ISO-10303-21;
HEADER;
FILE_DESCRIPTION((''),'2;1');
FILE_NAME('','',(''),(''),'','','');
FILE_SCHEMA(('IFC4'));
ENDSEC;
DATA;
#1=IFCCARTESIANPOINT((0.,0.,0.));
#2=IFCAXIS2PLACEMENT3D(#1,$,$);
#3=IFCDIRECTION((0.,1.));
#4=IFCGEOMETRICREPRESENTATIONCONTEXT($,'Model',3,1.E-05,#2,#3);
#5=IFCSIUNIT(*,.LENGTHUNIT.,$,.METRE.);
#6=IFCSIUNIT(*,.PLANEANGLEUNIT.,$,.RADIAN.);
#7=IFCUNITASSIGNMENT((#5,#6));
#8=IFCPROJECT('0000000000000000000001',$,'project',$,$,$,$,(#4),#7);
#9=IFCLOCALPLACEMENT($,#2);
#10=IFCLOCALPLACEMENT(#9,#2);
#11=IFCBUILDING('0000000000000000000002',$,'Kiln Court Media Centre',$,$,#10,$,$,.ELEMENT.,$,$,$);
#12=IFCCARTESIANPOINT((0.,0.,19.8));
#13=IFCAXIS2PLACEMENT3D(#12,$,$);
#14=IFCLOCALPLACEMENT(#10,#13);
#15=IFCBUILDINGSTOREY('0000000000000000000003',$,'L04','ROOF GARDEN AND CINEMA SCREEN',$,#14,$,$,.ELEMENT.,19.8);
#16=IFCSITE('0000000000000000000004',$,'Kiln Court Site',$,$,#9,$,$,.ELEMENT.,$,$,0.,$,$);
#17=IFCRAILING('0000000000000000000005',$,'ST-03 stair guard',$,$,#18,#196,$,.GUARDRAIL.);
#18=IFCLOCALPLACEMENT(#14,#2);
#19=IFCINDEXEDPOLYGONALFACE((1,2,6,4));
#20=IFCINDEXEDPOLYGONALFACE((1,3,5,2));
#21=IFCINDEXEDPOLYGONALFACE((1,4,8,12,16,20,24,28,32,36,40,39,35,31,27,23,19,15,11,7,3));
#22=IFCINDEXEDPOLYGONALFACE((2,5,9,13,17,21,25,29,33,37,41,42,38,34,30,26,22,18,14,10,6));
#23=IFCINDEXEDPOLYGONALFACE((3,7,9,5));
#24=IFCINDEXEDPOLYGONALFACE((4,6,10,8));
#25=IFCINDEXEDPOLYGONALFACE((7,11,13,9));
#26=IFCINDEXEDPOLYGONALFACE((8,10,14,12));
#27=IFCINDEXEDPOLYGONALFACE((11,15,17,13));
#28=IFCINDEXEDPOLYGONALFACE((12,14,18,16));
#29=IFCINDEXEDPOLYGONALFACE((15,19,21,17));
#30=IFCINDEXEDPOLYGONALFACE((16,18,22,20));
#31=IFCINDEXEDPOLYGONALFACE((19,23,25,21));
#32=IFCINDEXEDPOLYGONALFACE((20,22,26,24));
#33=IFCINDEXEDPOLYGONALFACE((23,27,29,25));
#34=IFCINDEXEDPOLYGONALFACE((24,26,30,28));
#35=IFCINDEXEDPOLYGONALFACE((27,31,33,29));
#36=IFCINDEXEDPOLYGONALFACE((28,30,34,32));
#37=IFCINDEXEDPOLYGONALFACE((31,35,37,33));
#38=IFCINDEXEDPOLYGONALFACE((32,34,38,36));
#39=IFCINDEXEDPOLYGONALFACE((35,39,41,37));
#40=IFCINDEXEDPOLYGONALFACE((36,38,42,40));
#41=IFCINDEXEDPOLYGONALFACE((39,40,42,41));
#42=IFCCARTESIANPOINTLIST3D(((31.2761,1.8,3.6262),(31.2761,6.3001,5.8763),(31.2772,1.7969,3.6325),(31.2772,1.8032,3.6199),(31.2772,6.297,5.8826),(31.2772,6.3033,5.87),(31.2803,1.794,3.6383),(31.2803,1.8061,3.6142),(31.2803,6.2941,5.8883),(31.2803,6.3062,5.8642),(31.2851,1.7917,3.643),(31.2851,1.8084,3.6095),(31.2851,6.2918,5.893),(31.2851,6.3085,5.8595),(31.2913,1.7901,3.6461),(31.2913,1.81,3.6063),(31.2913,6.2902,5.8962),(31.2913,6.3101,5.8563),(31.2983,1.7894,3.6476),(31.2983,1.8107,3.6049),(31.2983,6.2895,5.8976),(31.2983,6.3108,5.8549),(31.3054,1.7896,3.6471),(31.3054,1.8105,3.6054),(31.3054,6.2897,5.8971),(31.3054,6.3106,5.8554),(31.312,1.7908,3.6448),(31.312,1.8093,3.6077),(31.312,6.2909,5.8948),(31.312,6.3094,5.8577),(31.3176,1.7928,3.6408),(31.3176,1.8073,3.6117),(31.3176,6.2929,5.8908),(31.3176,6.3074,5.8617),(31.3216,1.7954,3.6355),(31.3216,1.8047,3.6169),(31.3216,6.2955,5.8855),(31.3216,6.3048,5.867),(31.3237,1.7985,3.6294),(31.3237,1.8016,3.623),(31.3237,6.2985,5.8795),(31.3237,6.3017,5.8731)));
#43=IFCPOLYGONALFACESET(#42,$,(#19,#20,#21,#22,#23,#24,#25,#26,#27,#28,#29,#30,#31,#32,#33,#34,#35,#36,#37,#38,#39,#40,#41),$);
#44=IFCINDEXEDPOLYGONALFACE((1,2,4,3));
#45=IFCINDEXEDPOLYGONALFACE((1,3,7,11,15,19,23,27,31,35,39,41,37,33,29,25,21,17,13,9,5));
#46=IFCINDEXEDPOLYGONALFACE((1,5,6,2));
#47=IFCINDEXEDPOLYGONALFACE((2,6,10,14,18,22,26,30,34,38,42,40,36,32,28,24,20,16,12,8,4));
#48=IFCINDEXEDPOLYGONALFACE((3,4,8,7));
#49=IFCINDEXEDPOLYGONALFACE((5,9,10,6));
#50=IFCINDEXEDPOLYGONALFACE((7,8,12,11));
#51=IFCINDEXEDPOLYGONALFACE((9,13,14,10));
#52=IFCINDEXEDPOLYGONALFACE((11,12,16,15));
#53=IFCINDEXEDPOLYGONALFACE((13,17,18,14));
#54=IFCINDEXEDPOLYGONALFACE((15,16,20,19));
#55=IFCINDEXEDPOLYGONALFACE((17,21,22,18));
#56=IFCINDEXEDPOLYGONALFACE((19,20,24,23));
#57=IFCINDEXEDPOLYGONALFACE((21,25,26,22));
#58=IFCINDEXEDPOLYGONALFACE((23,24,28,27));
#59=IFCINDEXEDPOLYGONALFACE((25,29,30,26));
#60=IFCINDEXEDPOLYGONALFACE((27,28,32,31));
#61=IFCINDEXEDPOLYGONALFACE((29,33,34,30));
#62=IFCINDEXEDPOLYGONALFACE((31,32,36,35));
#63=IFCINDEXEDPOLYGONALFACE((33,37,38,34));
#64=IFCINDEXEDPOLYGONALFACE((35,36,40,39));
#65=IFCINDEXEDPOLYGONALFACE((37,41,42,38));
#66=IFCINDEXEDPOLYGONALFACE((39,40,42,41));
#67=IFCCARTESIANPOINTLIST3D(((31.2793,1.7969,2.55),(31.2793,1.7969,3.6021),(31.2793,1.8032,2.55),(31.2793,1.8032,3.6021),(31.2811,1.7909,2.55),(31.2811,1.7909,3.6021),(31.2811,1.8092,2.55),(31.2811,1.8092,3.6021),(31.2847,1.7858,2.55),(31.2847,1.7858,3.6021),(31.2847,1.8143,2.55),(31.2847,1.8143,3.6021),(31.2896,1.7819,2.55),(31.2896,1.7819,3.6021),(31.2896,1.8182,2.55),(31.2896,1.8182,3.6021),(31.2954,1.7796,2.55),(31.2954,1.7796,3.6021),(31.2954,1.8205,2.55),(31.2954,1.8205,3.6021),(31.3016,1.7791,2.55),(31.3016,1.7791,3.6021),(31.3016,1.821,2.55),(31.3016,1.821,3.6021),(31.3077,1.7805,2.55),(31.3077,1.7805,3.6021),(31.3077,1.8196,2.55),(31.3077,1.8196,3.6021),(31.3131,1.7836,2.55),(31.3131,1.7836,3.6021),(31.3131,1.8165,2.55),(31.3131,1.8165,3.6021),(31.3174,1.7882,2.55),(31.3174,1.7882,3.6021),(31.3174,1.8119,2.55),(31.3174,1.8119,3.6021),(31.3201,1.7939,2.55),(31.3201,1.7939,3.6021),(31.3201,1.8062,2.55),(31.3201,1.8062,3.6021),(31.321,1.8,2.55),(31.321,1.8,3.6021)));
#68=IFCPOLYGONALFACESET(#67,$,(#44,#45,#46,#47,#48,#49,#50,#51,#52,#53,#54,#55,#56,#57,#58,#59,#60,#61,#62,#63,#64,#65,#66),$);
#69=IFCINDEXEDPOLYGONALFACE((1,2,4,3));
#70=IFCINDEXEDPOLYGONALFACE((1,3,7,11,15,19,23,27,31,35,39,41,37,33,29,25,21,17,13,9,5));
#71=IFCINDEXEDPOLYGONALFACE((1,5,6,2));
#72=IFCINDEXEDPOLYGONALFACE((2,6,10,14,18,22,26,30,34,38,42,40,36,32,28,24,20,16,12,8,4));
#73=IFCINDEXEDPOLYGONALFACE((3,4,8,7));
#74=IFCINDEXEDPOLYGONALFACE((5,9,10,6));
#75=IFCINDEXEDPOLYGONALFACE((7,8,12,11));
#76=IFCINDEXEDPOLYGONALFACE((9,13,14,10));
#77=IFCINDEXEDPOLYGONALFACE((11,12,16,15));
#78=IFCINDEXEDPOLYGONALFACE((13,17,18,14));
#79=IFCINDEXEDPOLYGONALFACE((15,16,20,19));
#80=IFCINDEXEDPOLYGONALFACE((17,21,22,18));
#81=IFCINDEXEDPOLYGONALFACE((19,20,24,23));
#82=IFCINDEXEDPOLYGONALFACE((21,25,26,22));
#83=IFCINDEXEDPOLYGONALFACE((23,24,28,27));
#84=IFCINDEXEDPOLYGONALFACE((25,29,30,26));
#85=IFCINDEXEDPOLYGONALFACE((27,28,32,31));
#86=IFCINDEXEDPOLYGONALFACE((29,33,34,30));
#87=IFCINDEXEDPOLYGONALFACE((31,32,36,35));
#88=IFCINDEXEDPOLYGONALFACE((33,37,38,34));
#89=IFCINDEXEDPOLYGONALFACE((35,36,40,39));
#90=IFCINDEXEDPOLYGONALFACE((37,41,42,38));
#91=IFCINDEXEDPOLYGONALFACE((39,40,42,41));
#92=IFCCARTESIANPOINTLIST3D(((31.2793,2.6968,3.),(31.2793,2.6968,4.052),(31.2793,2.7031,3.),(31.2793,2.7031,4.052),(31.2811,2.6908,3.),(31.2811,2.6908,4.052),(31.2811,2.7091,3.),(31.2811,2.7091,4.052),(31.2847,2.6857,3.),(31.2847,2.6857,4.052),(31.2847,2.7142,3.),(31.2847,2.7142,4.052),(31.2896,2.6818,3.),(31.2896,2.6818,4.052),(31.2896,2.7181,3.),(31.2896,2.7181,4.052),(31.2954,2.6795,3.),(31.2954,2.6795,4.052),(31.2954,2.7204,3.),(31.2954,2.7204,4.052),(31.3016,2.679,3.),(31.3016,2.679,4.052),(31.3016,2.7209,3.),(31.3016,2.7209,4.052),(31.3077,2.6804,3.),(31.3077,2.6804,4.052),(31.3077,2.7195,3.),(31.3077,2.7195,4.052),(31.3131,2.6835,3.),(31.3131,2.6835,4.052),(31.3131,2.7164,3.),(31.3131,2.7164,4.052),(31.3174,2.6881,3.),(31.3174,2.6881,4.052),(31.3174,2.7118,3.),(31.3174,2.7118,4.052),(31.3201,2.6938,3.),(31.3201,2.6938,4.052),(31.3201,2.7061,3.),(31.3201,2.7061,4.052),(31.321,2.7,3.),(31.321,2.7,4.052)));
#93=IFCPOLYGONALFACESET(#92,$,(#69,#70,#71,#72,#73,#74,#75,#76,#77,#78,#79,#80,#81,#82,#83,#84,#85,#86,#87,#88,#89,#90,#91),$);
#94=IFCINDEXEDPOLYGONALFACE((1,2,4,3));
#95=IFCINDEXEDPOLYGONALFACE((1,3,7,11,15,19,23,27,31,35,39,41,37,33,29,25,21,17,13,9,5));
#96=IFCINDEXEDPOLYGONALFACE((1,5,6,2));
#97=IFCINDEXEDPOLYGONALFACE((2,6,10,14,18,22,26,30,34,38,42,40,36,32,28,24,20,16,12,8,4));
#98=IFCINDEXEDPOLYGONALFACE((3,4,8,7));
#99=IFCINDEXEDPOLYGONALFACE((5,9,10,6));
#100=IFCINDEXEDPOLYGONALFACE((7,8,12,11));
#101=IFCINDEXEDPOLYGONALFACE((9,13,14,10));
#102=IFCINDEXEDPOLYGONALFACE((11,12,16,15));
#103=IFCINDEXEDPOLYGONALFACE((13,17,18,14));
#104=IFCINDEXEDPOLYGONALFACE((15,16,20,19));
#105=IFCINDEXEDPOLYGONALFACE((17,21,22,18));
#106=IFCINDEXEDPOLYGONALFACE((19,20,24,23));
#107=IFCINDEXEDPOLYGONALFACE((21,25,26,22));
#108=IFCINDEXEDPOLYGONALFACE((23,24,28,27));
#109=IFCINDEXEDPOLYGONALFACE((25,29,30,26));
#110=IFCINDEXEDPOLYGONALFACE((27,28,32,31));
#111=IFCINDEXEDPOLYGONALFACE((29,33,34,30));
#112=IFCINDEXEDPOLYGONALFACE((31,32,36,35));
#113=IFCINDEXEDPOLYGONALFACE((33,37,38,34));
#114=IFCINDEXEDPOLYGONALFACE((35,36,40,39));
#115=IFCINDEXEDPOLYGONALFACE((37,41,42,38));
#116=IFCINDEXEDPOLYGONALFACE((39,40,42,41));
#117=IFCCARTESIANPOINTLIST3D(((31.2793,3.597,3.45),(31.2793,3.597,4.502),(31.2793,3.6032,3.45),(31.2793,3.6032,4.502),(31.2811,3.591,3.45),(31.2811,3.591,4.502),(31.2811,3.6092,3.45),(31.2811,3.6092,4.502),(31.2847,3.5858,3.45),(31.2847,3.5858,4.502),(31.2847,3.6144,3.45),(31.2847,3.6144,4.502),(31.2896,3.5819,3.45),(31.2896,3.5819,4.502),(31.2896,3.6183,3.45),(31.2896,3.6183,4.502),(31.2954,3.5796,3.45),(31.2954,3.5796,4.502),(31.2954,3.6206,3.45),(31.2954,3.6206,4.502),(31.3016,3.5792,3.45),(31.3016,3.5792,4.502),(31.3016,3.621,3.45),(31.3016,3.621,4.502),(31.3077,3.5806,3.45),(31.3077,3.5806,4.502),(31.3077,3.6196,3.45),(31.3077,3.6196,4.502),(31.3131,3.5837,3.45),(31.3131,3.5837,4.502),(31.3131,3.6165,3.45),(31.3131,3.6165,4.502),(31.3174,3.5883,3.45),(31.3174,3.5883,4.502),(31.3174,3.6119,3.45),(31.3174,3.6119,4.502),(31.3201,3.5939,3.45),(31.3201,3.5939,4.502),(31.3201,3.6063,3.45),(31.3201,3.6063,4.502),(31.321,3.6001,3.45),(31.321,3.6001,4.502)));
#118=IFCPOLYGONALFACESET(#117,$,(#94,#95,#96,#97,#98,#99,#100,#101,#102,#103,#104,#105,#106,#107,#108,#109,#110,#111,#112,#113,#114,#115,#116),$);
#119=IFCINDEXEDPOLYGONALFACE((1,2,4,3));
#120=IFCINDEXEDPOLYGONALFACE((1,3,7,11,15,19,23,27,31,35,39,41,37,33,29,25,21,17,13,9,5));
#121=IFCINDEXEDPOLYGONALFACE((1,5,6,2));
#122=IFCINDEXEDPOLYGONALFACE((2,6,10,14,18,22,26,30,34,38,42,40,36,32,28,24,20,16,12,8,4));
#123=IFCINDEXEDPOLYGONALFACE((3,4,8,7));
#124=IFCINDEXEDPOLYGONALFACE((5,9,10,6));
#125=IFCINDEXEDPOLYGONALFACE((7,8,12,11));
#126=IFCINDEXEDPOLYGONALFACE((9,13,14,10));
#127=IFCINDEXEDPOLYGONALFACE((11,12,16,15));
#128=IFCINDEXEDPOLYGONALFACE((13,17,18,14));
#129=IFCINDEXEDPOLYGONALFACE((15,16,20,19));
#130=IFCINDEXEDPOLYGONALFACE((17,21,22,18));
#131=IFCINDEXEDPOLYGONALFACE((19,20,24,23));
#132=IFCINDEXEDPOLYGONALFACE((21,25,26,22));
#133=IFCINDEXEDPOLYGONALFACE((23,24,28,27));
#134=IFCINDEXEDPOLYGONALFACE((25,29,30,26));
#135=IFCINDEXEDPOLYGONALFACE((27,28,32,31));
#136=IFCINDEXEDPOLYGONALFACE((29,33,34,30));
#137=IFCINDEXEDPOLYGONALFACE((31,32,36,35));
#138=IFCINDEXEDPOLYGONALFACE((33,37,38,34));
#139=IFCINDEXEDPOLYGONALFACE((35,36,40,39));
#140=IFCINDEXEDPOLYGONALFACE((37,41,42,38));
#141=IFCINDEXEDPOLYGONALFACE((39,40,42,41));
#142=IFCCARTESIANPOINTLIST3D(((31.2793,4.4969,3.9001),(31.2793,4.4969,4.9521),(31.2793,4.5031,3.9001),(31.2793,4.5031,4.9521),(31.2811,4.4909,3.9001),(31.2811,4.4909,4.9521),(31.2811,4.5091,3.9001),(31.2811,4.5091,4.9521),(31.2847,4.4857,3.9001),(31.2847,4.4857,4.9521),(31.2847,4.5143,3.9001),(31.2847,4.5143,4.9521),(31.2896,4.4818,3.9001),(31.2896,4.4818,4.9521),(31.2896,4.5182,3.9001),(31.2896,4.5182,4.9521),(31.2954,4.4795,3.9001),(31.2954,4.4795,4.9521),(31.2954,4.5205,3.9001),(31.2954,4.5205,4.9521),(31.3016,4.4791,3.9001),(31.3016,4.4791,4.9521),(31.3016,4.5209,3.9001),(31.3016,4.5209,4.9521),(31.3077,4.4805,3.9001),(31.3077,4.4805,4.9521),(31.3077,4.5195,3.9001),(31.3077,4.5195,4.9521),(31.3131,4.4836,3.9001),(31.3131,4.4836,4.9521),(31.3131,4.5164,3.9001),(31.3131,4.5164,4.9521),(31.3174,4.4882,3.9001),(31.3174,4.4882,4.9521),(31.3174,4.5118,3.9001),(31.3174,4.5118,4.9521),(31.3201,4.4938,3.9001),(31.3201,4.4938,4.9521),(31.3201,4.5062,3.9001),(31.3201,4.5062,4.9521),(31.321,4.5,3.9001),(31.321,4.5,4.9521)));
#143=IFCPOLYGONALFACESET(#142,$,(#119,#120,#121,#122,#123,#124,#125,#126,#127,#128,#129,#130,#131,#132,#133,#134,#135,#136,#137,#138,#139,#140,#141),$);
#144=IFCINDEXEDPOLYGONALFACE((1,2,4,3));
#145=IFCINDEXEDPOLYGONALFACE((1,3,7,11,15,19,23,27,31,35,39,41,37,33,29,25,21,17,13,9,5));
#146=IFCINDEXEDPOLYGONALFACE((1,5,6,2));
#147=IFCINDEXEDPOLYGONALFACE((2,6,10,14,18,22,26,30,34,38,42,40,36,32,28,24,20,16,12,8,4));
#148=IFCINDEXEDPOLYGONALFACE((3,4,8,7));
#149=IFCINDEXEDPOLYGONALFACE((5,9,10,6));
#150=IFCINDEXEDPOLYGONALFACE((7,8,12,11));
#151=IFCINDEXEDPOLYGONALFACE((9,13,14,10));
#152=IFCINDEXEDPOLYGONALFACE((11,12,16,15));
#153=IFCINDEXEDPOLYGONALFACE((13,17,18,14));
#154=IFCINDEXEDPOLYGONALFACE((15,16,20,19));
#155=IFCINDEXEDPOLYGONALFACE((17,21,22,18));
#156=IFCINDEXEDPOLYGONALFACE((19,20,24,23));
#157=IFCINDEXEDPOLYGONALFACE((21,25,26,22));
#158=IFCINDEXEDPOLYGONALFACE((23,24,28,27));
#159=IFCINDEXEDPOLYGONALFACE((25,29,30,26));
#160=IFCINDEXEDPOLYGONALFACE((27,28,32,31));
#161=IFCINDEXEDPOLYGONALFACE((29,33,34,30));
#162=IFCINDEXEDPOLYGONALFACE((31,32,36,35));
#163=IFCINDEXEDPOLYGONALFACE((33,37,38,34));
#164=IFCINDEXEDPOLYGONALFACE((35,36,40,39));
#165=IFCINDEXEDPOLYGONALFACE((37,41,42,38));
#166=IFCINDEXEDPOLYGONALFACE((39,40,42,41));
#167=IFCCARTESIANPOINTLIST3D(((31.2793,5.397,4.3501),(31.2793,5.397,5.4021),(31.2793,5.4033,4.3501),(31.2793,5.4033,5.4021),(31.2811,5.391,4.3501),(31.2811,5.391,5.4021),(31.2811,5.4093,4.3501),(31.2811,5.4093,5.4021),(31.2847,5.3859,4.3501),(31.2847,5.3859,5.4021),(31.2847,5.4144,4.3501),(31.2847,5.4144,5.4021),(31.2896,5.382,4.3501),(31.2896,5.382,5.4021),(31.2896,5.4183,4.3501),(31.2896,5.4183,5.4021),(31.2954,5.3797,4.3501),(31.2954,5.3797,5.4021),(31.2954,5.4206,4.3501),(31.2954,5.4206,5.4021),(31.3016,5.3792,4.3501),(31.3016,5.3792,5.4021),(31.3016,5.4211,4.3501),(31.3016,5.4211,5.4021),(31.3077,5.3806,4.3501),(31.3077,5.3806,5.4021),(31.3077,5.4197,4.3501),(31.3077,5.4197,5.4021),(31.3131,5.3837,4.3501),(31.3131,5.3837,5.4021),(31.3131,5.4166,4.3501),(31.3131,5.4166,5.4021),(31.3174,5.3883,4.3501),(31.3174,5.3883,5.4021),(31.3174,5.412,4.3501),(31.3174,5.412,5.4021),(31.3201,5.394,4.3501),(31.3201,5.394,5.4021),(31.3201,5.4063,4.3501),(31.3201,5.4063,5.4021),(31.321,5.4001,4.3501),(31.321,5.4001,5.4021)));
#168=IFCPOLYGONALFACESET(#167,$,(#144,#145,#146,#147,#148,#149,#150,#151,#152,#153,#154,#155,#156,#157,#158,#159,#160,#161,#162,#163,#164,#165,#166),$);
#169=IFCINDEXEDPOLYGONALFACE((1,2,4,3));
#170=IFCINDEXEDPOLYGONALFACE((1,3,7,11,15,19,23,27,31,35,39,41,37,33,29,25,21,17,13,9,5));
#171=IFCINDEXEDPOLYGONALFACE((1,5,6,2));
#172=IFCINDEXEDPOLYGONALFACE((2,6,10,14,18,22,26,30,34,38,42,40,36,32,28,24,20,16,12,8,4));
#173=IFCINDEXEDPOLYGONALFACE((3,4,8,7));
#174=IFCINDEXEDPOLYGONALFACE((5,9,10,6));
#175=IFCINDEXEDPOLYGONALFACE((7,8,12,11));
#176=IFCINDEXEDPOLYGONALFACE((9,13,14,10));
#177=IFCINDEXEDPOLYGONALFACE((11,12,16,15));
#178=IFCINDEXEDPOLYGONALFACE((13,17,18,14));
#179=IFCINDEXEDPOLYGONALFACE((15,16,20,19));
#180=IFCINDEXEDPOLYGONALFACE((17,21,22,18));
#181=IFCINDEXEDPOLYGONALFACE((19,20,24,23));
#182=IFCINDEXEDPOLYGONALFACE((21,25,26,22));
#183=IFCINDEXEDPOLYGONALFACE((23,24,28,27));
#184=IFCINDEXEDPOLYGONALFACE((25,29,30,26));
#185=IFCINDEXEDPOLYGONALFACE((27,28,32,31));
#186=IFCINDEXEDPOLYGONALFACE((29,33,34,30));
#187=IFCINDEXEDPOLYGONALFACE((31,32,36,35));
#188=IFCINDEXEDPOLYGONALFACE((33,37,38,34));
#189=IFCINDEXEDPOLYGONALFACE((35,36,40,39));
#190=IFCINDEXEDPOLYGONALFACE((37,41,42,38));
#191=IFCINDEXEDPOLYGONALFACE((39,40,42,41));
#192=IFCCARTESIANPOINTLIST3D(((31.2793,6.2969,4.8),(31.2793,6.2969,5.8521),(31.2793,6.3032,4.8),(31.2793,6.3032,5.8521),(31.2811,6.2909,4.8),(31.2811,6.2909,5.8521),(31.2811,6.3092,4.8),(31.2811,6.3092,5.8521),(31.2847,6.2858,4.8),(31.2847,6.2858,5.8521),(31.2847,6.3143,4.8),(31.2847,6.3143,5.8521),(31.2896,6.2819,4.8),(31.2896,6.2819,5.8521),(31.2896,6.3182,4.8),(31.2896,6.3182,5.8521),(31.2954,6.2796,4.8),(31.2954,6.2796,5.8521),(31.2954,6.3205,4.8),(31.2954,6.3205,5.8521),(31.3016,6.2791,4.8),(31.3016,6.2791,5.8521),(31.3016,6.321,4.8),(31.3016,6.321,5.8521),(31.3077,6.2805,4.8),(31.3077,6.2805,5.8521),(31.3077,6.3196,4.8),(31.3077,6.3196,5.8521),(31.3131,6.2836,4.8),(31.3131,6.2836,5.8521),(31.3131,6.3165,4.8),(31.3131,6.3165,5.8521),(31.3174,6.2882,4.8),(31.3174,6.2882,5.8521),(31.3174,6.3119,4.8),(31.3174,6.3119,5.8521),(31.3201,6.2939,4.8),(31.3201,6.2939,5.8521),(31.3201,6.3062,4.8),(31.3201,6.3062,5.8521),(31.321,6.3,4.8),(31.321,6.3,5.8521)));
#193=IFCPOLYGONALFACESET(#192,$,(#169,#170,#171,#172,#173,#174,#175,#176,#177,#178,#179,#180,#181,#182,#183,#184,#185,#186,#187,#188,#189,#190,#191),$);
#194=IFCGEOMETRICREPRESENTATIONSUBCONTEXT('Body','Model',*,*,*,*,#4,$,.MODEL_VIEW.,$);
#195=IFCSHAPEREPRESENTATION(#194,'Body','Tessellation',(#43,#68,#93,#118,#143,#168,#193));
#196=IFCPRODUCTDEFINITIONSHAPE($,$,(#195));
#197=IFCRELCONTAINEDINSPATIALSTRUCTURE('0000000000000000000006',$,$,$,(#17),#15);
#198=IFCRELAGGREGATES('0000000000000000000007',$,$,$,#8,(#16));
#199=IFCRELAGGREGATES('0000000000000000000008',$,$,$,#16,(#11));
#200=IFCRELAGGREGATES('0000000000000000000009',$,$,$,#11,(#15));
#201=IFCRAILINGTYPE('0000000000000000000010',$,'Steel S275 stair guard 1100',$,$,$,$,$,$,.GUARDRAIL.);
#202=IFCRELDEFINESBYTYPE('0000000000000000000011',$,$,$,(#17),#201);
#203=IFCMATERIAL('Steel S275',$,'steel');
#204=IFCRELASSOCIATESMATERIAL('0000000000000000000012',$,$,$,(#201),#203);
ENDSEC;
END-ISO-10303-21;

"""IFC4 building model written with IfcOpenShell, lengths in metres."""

from ifc_helpers import new_model, si_unit, direction, frame, origin, origin_2d, place, context, subcontext, project, spatial, circle, extrude, material, type_object, element, save


model = new_model("IFC4")

# Units and contexts
model_context = context("Model", 3, precision=1e-05, world=origin(), true_north=direction((0.0, 1.0)))
body_context = subcontext(model_context, "Body", "Model", "MODEL_VIEW")
ifc_project = project(units=[si_unit("LENGTHUNIT", "METRE"), si_unit("PLANEANGLEUNIT", "RADIAN")], contexts=[model_context])

# Site, building, storey
site_placement = place(None, origin())
site = spatial("IfcSite", under=ifc_project, at=site_placement, Name="Kiln Court Site", CompositionType="ELEMENT", RefElevation=0.0)
building_placement = place(site_placement, origin())
building = spatial("IfcBuilding", under=site, at=building_placement, Name="Kiln Court Media Centre", CompositionType="ELEMENT")
storey_placement = place(building_placement, frame((0.0, 0.0, 19.8)))
storey = spatial("IfcBuildingStorey", under=building, at=storey_placement, Name="L04", Description="ROOF GARDEN AND CINEMA SCREEN", CompositionType="ELEMENT", Elevation=19.8)

# Railing
ifc_material_1 = material(Name="Steel S275", Category="steel")
railing_type_1 = type_object("IfcRailingType", Name="Steel S275 stair guard 1100", PredefinedType="GUARDRAIL", material=ifc_material_1)
railing_1_placement = place(storey_placement, frame((31.3, 1.8, 2.55)))
element("IfcRailing", 1, at=railing_1_placement, inside=storey, type_object=railing_type_1, Name="ST-03 stair guard", PredefinedType="GUARDRAIL", context=body_context, shape_type="SweptSolid", body=[
    extrude(circle(Radius=0.0239, at=origin_2d()), frame((0.0, 0.0, 1.0762), z_axis=(0.0, 0.894427, 0.447214), x_axis=(-1.0, 0.0, 0.0)), (0.0, 0.0, 1.0), 5.0312),
    extrude(circle(Radius=0.021, at=origin_2d()), origin(), (0.0, 0.0, 1.0), 1.052),
    extrude(circle(Radius=0.021, at=origin_2d()), frame((0.0, 0.8999, 0.45)), (0.0, 0.0, 1.0), 1.052),
    extrude(circle(Radius=0.021, at=origin_2d()), frame((0.0, 1.8, 0.8999)), (0.0, 0.0, 1.0), 1.052),
    extrude(circle(Radius=0.021, at=origin_2d()), frame((0.0, 2.7, 1.3501)), (0.0, 0.0, 1.0), 1.052),
    extrude(circle(Radius=0.021, at=origin_2d()), frame((0.0, 3.6001, 1.8)), (0.0, 0.0, 1.0), 1.052),
    extrude(circle(Radius=0.021, at=origin_2d()), frame((0.0, 4.5, 2.25)), (0.0, 0.0, 1.0), 1.052),
])

save(model, "model.ifc")
